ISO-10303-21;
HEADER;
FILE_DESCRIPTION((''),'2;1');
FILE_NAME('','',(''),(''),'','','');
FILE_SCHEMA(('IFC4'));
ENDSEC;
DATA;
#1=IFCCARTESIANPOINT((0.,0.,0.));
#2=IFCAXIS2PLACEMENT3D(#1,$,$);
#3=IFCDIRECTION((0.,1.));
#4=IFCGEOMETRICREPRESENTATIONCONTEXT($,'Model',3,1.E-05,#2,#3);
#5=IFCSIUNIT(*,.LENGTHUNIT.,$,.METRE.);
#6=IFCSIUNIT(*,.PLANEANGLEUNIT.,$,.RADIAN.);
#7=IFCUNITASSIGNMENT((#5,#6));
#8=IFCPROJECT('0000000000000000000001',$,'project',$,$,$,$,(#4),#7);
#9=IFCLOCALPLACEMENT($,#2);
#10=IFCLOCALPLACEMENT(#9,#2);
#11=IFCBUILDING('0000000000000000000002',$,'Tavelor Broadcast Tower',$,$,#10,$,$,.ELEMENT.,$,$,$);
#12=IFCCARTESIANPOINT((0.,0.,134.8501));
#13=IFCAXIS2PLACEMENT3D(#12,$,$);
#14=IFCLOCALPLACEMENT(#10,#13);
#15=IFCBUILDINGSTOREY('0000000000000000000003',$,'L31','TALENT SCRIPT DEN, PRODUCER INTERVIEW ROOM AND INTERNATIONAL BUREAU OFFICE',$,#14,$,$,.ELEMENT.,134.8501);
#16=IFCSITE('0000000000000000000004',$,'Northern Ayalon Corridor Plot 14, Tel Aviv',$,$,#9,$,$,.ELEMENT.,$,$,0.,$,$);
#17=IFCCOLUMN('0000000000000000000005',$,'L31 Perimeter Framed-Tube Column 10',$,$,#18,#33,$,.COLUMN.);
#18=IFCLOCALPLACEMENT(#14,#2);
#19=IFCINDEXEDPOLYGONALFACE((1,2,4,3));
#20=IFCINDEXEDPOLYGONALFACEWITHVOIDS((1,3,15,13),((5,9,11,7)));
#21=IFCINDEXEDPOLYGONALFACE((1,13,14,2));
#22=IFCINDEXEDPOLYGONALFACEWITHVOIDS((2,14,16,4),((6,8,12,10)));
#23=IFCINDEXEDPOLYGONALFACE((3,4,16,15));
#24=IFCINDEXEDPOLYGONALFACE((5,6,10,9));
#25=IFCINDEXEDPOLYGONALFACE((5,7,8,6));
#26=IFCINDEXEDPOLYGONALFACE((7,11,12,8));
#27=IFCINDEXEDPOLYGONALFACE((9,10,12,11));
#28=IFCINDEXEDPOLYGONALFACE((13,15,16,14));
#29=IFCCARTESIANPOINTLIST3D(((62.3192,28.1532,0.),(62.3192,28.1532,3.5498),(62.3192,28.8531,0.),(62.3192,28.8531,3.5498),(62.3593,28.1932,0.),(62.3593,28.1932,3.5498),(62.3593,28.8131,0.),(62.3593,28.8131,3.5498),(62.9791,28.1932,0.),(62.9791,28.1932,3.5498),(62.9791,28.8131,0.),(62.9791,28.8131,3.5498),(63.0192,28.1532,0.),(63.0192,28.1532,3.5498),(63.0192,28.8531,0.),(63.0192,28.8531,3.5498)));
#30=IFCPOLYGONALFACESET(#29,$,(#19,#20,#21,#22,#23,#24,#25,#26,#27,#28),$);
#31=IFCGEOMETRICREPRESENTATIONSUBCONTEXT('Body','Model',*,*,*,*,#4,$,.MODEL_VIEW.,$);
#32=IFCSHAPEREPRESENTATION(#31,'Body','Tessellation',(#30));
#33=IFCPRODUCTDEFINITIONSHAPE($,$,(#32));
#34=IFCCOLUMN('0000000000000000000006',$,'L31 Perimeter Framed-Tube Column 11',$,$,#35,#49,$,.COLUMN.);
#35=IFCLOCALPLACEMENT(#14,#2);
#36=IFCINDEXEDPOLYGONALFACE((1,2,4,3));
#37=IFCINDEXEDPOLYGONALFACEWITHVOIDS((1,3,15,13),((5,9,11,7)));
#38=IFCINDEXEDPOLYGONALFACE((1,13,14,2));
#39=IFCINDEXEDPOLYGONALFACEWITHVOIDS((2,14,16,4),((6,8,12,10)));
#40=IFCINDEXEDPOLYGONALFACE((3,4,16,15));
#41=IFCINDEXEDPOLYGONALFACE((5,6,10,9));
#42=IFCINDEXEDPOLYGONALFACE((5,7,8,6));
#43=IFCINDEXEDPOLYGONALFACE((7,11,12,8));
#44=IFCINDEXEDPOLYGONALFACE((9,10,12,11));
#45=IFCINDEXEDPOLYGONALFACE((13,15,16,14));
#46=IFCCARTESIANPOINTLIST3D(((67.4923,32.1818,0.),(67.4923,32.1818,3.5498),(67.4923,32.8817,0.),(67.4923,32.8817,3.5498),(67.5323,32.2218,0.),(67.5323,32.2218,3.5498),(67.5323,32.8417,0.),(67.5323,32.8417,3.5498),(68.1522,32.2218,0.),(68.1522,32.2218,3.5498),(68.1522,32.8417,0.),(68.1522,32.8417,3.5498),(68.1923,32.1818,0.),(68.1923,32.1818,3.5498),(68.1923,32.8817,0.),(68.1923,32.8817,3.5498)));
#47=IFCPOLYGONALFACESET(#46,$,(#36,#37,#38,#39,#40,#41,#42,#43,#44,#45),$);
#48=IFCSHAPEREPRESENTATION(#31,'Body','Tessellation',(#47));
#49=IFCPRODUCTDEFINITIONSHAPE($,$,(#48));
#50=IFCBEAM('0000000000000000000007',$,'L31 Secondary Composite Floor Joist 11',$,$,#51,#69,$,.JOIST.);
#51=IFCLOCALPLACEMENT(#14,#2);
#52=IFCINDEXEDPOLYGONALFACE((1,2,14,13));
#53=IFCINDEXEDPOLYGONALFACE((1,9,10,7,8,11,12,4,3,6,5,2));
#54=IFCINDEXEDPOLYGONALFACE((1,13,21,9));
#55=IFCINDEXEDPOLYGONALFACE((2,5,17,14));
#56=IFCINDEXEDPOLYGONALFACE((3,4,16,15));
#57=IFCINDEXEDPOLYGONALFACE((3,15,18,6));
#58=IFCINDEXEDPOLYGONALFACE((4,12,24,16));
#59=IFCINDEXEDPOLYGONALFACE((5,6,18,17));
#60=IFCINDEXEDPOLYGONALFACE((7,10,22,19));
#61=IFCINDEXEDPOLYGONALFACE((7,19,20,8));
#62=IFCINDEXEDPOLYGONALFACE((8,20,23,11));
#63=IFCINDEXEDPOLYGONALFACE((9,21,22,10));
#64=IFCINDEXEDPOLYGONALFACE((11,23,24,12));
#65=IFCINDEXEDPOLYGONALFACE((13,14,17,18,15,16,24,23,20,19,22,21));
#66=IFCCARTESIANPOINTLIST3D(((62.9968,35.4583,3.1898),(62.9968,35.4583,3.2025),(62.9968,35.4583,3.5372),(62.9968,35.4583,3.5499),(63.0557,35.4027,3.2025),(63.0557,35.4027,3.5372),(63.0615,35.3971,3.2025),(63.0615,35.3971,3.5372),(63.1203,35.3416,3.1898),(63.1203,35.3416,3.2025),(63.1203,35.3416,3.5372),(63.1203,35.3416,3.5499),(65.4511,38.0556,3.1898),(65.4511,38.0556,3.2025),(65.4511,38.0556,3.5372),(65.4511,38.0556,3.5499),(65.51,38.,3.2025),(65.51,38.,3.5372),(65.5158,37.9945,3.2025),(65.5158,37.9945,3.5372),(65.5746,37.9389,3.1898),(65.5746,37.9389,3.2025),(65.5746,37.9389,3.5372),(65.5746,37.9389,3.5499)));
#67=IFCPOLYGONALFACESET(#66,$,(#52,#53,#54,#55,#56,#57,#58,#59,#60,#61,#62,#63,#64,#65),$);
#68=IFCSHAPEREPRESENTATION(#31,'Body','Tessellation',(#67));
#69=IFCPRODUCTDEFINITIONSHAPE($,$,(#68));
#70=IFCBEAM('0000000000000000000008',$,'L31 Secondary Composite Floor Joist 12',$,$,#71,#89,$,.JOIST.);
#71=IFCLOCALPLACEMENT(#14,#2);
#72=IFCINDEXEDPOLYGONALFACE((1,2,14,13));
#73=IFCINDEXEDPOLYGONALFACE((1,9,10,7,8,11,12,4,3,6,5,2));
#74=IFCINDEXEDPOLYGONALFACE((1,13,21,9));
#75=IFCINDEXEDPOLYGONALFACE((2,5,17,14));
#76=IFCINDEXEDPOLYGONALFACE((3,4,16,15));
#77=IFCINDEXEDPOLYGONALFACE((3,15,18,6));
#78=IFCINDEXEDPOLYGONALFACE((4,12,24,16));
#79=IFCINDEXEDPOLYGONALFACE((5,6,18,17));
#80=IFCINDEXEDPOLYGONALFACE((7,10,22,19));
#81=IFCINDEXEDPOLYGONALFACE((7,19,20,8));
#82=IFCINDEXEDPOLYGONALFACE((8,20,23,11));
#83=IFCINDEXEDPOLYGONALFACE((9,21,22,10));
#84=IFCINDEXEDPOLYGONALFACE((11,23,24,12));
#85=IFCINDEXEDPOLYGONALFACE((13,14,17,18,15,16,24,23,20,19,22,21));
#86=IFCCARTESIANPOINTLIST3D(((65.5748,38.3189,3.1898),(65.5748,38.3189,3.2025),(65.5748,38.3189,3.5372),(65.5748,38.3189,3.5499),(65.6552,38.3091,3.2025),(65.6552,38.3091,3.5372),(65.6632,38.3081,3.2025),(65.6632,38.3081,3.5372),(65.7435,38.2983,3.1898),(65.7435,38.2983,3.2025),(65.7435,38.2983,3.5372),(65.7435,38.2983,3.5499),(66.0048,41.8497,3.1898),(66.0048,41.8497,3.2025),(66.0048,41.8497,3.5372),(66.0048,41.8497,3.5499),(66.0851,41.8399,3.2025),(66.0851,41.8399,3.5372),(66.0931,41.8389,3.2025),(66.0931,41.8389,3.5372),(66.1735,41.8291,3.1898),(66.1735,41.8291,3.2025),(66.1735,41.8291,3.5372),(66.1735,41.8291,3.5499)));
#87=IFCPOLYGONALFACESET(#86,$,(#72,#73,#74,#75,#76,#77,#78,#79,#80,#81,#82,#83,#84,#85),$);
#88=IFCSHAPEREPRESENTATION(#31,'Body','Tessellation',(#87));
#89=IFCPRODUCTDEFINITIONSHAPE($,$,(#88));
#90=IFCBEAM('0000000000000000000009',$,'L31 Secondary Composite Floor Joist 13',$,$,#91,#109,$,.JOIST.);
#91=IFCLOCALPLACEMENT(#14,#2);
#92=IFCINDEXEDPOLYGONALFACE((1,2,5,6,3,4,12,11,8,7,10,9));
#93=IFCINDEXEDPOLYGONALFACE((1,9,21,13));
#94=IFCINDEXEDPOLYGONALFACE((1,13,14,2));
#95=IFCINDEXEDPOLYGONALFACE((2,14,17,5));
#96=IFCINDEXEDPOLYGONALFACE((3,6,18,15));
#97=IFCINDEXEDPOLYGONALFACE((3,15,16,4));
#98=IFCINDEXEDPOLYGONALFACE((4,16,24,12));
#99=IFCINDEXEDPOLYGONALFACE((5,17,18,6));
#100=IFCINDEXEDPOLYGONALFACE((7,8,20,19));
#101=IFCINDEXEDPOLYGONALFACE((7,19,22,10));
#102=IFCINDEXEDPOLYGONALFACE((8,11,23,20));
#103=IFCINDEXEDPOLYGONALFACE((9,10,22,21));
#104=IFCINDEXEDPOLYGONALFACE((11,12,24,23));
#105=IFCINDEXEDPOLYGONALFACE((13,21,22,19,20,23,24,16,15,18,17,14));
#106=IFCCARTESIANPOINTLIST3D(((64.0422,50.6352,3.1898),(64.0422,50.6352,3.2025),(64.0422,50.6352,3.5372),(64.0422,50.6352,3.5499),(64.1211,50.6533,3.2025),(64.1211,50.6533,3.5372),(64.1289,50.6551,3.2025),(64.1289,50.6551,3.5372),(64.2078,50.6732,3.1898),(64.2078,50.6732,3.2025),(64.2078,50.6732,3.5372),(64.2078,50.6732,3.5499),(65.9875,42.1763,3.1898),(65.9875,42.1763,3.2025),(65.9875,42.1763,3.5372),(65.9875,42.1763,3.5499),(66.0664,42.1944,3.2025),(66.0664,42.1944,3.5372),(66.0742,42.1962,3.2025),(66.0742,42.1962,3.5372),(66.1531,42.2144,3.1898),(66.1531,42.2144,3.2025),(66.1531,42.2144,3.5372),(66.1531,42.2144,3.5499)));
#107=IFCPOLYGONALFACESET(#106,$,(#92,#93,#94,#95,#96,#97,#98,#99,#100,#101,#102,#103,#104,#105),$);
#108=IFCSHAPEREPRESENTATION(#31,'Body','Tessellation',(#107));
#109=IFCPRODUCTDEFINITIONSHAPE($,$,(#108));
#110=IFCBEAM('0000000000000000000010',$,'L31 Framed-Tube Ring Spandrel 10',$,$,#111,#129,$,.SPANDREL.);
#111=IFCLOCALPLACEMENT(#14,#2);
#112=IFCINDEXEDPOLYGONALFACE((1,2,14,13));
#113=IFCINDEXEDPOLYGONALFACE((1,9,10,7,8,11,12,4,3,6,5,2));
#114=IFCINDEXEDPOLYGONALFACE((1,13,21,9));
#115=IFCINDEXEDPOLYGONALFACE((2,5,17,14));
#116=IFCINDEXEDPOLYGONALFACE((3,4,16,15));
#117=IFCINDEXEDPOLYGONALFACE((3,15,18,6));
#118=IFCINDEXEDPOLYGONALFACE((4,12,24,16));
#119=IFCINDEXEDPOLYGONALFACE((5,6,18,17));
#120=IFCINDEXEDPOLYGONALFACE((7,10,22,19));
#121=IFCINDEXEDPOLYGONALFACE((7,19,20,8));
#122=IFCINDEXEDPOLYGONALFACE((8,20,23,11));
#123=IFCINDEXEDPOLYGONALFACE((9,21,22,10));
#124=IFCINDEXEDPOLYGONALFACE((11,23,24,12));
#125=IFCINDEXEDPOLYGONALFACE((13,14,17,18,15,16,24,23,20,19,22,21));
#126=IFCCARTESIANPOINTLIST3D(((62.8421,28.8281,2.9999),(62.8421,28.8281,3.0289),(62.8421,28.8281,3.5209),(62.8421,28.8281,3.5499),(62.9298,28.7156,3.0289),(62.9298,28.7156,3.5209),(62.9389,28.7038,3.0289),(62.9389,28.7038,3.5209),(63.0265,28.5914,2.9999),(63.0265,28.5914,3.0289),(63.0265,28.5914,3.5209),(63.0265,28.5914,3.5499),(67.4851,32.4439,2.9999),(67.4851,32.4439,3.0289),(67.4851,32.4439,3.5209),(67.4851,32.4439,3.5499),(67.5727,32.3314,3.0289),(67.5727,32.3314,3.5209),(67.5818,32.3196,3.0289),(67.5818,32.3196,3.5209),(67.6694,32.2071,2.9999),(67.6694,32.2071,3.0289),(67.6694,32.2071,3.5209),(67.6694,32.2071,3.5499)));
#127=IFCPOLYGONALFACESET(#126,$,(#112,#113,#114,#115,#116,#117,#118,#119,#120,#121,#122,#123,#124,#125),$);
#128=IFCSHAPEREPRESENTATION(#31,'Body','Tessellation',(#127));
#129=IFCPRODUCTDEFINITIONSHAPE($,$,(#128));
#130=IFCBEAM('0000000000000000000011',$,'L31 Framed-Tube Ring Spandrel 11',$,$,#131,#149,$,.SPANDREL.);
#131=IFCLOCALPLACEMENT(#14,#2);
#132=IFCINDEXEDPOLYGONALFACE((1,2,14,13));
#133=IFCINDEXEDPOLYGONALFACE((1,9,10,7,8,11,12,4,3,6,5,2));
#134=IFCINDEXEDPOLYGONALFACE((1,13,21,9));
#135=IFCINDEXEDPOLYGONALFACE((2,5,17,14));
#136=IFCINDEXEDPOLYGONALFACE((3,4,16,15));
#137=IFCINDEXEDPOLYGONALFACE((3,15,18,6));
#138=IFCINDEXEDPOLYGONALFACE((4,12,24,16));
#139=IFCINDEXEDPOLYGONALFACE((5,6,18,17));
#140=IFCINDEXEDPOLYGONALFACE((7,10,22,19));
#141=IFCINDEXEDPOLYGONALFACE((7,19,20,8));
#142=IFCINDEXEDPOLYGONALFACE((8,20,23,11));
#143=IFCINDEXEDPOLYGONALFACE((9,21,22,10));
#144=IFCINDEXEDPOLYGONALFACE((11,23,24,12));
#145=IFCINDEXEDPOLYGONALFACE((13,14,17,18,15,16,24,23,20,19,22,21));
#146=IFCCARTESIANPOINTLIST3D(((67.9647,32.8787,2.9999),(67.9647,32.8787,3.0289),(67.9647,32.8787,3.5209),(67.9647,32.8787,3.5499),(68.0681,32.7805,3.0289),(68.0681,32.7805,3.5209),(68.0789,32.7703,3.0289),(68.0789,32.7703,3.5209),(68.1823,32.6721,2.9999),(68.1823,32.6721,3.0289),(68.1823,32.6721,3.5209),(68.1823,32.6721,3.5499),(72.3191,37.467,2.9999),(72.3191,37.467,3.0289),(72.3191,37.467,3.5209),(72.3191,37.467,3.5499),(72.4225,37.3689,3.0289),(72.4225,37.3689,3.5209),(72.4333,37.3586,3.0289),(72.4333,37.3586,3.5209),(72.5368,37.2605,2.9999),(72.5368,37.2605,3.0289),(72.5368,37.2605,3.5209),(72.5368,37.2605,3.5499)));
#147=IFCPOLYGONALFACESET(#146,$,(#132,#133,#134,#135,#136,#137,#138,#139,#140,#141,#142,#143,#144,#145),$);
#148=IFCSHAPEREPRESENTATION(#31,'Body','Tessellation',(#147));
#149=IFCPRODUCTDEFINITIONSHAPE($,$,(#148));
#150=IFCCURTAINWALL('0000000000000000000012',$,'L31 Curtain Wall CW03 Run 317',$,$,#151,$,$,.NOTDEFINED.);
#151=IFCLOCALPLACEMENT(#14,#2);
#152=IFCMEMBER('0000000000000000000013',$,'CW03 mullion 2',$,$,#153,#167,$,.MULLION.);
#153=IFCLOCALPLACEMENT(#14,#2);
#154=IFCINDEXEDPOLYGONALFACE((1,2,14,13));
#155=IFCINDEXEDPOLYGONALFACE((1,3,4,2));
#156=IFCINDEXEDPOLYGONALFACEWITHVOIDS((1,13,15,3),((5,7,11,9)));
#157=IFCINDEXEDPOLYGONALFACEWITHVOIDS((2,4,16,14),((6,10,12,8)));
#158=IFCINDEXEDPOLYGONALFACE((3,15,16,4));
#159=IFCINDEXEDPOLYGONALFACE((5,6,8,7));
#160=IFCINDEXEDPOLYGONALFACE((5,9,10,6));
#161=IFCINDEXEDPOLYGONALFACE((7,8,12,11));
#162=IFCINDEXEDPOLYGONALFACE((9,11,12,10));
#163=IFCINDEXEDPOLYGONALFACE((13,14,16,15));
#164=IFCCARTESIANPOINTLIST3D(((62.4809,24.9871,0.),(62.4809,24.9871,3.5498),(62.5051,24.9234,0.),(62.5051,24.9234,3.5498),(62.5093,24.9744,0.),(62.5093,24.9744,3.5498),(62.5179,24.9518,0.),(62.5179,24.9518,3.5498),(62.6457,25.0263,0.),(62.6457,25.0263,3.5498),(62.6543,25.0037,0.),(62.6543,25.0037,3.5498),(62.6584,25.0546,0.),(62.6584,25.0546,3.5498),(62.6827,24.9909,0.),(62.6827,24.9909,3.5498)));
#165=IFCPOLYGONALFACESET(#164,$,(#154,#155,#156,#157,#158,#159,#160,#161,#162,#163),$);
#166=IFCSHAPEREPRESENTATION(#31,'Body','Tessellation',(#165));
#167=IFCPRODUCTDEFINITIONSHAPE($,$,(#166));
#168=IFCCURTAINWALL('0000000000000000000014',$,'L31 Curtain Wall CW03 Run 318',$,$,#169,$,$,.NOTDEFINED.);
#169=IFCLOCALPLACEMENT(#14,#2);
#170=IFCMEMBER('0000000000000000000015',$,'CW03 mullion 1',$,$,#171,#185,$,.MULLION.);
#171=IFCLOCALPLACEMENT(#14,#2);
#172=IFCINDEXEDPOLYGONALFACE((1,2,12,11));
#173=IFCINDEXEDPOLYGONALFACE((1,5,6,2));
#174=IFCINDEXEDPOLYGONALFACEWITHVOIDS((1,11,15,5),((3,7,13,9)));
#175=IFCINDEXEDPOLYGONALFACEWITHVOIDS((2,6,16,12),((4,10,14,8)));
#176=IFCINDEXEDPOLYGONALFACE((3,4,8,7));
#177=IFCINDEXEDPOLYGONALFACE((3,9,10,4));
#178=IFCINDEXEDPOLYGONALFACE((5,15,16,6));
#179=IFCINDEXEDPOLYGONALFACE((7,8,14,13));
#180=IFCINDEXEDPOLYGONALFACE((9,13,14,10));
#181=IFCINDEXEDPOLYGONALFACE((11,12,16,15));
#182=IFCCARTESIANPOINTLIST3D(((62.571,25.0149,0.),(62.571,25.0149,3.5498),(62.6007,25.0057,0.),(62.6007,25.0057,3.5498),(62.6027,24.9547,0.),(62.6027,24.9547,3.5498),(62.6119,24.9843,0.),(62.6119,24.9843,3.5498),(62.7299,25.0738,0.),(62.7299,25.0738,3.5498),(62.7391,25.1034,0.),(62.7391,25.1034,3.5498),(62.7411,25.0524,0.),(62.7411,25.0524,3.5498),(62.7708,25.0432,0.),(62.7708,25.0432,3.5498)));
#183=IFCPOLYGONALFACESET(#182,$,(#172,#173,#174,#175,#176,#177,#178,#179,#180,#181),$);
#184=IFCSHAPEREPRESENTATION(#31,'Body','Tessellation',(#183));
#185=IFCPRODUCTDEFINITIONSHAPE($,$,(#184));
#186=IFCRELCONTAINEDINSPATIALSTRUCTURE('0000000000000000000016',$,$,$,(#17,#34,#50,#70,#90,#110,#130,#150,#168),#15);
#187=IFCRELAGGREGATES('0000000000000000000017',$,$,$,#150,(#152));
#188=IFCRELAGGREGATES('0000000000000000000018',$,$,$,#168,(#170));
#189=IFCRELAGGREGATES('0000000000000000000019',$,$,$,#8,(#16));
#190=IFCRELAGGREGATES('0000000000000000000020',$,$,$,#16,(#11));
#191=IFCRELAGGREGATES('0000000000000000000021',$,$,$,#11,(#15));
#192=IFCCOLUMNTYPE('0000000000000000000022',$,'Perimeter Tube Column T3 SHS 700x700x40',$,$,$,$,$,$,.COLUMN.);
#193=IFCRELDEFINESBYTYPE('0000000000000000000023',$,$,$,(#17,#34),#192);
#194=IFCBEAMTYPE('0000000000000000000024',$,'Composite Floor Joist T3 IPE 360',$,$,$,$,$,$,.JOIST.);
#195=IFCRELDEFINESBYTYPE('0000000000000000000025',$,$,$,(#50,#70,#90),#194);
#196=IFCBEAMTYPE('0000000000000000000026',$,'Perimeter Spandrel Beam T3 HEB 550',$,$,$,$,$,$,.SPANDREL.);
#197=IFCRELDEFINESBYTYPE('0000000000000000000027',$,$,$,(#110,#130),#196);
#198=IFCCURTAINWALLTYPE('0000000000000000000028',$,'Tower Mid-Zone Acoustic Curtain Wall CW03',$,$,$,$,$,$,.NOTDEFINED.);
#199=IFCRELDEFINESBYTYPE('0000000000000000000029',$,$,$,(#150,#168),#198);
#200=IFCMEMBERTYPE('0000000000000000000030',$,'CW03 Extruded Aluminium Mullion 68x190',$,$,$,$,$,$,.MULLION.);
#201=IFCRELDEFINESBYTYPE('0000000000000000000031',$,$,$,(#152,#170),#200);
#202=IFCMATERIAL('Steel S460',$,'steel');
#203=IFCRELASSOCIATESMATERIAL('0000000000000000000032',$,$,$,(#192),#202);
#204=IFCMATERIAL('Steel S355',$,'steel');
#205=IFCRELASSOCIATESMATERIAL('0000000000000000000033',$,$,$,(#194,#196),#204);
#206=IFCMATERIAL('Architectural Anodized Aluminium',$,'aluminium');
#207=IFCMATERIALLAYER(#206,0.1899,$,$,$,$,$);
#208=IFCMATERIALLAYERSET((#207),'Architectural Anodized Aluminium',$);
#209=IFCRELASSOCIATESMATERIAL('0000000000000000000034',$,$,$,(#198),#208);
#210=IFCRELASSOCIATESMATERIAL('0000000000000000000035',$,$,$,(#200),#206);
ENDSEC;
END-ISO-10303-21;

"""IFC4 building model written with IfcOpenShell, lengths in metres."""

from ifc_helpers import new_model, si_unit, direction, frame, origin, origin_2d, place, context, subcontext, project, spatial, hollow_rectangle, i_section, extrude, source, transform, mapped, material, layer, layer_set, material_profile, profile_set, type_object, type_shapes, element, aggregate, save


model = new_model("IFC4")

# Units and contexts
model_context = context("Model", 3, precision=1e-05, world=origin(), true_north=direction((0.0, 1.0)))
body_context = subcontext(model_context, "Body", "Model", "MODEL_VIEW")
ifc_project = project(units=[si_unit("LENGTHUNIT", "METRE"), si_unit("PLANEANGLEUNIT", "RADIAN")], contexts=[model_context])

# Site, building, storey
site_placement = place(None, origin())
site = spatial("IfcSite", under=ifc_project, at=site_placement, Name="Northern Ayalon Corridor Plot 14, Tel Aviv", CompositionType="ELEMENT", RefElevation=0.0)
building_placement = place(site_placement, origin())
building = spatial("IfcBuilding", under=site, at=building_placement, Name="Tavelor Broadcast Tower", CompositionType="ELEMENT")
storey_placement = place(building_placement, frame((0.0, 0.0, 134.8501)))
storey = spatial("IfcBuildingStorey", under=building, at=storey_placement, Name="L31", Description="TALENT SCRIPT DEN, PRODUCER INTERVIEW ROOM AND INTERNATIONAL BUREAU OFFICE", CompositionType="ELEMENT", Elevation=134.8501)

# Columns
ifc_material_1 = material(Name="Steel S460", Category="steel")
ifc_material_profile_1 = material_profile(ifc_material_1, hollow_rectangle(XDim=0.7, YDim=0.7, WallThickness=0.04, at=origin_2d()), Name="SHS 700x700x40")
ifc_profile_set_1 = profile_set([ifc_material_profile_1], Name="Steel S460")
column_type = type_object("IfcColumnType", Name="Perimeter Tube Column T3 SHS 700x700x40", PredefinedType="COLUMN", material=ifc_profile_set_1)
for number, where, z_axis, x_axis, name in (
    (1, (62.6692, 28.5032, 0.0), (0.0, 0.0, 1.0), (1.0, 0.0, 0.0), "L31 Perimeter Framed-Tube Column 10"),
    (2, (67.8423, 32.5317, 0.0), (0.0, 0.0, 1.0), (1.0, 0.0, 0.0), "L31 Perimeter Framed-Tube Column 11"),
):
    element("IfcColumn", number, at=place(storey_placement, frame(where, z_axis=z_axis, x_axis=x_axis)), inside=storey, type_object=column_type, Name=name, PredefinedType="COLUMN", context=body_context, shape_type="SweptSolid", body=[
        extrude(hollow_rectangle(XDim=0.7, YDim=0.7, WallThickness=0.04, at=origin_2d()), origin(), (0.0, 0.0, 1.0), 3.5498),
    ])

# Beams
ifc_material_2 = material(Name="Steel S355", Category="steel")
ifc_material_profile_2 = material_profile(ifc_material_2, i_section(OverallWidth=0.1699, OverallDepth=0.3601, WebThickness=0.0081, FlangeThickness=0.0127, at=origin_2d()), Name="IPE 360")
ifc_profile_set_2 = profile_set([ifc_material_profile_2], Name="Steel S355")
beam_type_1 = type_object("IfcBeamType", Name="Composite Floor Joist T3 IPE 360", PredefinedType="JOIST", material=ifc_profile_set_2)
beam_1_placement = place(storey_placement, frame((63.0586, 35.3999, 3.3699), z_axis=(0.686806, 0.726841, 0.0), x_axis=(-0.726841, 0.686806, 0.0)))
element("IfcBeam", 3, at=beam_1_placement, inside=storey, type_object=beam_type_1, Name="L31 Secondary Composite Floor Joist 11", PredefinedType="JOIST", context=body_context, shape_type="SweptSolid", body=[
    extrude(i_section(OverallWidth=0.1699, OverallDepth=0.3601, WebThickness=0.0081, FlangeThickness=0.0127, at=origin_2d()), origin(), (0.0, 0.0, 1.0), 3.5735),
])
beam_2_placement = place(storey_placement, frame((65.6592, 38.3086, 3.3699), z_axis=(0.120875, 0.992668, 0.0), x_axis=(-0.992668, 0.120875, 0.0)))
element("IfcBeam", 4, at=beam_2_placement, inside=storey, type_object=beam_type_1, Name="L31 Secondary Composite Floor Joist 12", PredefinedType="JOIST", context=body_context, shape_type="SweptSolid", body=[
    extrude(i_section(OverallWidth=0.1699, OverallDepth=0.3601, WebThickness=0.0081, FlangeThickness=0.0127, at=origin_2d()), origin(), (0.0, 0.0, 1.0), 3.5569),
])
beam_3_placement = place(storey_placement, frame((66.0703, 42.1953, 3.3699), z_axis=(-0.22412, 0.974562, 0.0), x_axis=(-0.974562, -0.22412, 0.0)))
element("IfcBeam", 5, at=beam_3_placement, inside=storey, type_object=beam_type_1, Name="L31 Secondary Composite Floor Joist 13", PredefinedType="JOIST", context=body_context, shape_type="SweptSolid", body=[
    extrude(i_section(OverallWidth=0.1699, OverallDepth=0.3601, WebThickness=0.0081, FlangeThickness=0.0127, at=origin_2d()), origin(), (0.0, 0.0, 1.0), 8.6797),
])
ifc_material_profile_3 = material_profile(ifc_material_2, i_section(OverallWidth=0.3, OverallDepth=0.55, WebThickness=0.0149, FlangeThickness=0.0291, at=origin_2d()), Name="HEB 550")
ifc_profile_set_3 = profile_set([ifc_material_profile_3], Name="Steel S355")
beam_type_2 = type_object("IfcBeamType", Name="Perimeter Spandrel Beam T3 HEB 550", PredefinedType="SPANDREL", material=ifc_profile_set_3)
beam_4_placement = place(storey_placement, frame((62.9343, 28.7097, 3.2749), z_axis=(0.78897, 0.614432, 0.0), x_axis=(-0.614432, 0.78897, 0.0)))
element("IfcBeam", 6, at=beam_4_placement, inside=storey, type_object=beam_type_2, Name="L31 Framed-Tube Ring Spandrel 10", PredefinedType="SPANDREL", context=body_context, shape_type="SweptSolid", body=[
    extrude(i_section(OverallWidth=0.3, OverallDepth=0.55, WebThickness=0.0149, FlangeThickness=0.0291, at=origin_2d()), origin(), (0.0, 0.0, 1.0), 5.8848),
])
beam_5_placement = place(storey_placement, frame((68.0735, 32.7754, 3.2749), z_axis=(0.688378, 0.725352, 0.0), x_axis=(-0.725352, 0.688378, 0.0)))
element("IfcBeam", 7, at=beam_5_placement, inside=storey, type_object=beam_type_2, Name="L31 Framed-Tube Ring Spandrel 11", PredefinedType="SPANDREL", context=body_context, shape_type="SweptSolid", body=[
    extrude(i_section(OverallWidth=0.3, OverallDepth=0.55, WebThickness=0.0149, FlangeThickness=0.0291, at=origin_2d()), origin(), (0.0, 0.0, 1.0), 6.3257),
])

# Curtain wall, member
ifc_material_3 = material(Name="Architectural Anodized Aluminium", Category="aluminium")
ifc_layer_1 = layer(ifc_material_3, 0.1899)
ifc_layer_set_1 = layer_set([ifc_layer_1], Name="Architectural Anodized Aluminium")
curtain_wall_type = type_object("IfcCurtainWallType", Name="Tower Mid-Zone Acoustic Curtain Wall CW03", PredefinedType="NOTDEFINED", material=ifc_layer_set_1)
curtain_wall_1_placement = place(storey_placement, origin())
curtain_wall_1 = element("IfcCurtainWall", 8, at=curtain_wall_1_placement, inside=storey, type_object=curtain_wall_type, Name="L31 Curtain Wall CW03 Run 317", PredefinedType="NOTDEFINED")
ifc_material_profile_4 = material_profile(ifc_material_3, hollow_rectangle(XDim=0.0681, YDim=0.1899, WallThickness=0.022, at=origin_2d()), Name="RHS 68x190x22")
ifc_profile_set_4 = profile_set([ifc_material_profile_4], Name="Architectural Anodized Aluminium")
member_type_1 = type_object("IfcMemberType", Name="CW03 Extruded Aluminium Mullion 68x190", PredefinedType="MULLION", material=ifc_profile_set_4)
shared_shape_1 = source(origin(), body_context, "Body", "SweptSolid", [
    extrude(hollow_rectangle(XDim=0.0681, YDim=0.1899, WallThickness=0.022, at=origin_2d()), origin(), (0.0, 0.0, 1.0), 3.5498),
])
type_shapes(member_type_1, [shared_shape_1])
member_1_placement = place(storey_placement, frame((62.5818, 24.989, 0.0), z_axis=(0.0, 0.0, 1.0), x_axis=(-0.355504, 0.934675, 0.0)))
member_1 = element("IfcMember", 9, at=member_1_placement, type_object=member_type_1, Name="CW03 mullion 2", PredefinedType="MULLION", context=body_context, shape_type="MappedRepresentation", body=[
    mapped(shared_shape_1, transform((0.0, 0.0, 0.0), scale=1.0)),
])
aggregate(curtain_wall_1, [member_1])

# Curtain wall, member
curtain_wall_2_placement = place(storey_placement, origin())
curtain_wall_2 = element("IfcCurtainWall", 10, at=curtain_wall_2_placement, inside=storey, type_object=curtain_wall_type, Name="L31 Curtain Wall CW03 Run 318", PredefinedType="NOTDEFINED")
member_2_placement = place(storey_placement, frame((62.6709, 25.0291, 0.0), z_axis=(0.0, 0.0, 1.0), x_axis=(-0.466015, 0.884777, 0.0)))
member_2 = element("IfcMember", 11, at=member_2_placement, type_object=member_type_1, Name="CW03 mullion 1", PredefinedType="MULLION", context=body_context, shape_type="MappedRepresentation", body=[
    mapped(shared_shape_1, transform((0.0, 0.0, 0.0), scale=1.0)),
])

aggregate(curtain_wall_2, [member_2])

save(model, "model.ifc")
